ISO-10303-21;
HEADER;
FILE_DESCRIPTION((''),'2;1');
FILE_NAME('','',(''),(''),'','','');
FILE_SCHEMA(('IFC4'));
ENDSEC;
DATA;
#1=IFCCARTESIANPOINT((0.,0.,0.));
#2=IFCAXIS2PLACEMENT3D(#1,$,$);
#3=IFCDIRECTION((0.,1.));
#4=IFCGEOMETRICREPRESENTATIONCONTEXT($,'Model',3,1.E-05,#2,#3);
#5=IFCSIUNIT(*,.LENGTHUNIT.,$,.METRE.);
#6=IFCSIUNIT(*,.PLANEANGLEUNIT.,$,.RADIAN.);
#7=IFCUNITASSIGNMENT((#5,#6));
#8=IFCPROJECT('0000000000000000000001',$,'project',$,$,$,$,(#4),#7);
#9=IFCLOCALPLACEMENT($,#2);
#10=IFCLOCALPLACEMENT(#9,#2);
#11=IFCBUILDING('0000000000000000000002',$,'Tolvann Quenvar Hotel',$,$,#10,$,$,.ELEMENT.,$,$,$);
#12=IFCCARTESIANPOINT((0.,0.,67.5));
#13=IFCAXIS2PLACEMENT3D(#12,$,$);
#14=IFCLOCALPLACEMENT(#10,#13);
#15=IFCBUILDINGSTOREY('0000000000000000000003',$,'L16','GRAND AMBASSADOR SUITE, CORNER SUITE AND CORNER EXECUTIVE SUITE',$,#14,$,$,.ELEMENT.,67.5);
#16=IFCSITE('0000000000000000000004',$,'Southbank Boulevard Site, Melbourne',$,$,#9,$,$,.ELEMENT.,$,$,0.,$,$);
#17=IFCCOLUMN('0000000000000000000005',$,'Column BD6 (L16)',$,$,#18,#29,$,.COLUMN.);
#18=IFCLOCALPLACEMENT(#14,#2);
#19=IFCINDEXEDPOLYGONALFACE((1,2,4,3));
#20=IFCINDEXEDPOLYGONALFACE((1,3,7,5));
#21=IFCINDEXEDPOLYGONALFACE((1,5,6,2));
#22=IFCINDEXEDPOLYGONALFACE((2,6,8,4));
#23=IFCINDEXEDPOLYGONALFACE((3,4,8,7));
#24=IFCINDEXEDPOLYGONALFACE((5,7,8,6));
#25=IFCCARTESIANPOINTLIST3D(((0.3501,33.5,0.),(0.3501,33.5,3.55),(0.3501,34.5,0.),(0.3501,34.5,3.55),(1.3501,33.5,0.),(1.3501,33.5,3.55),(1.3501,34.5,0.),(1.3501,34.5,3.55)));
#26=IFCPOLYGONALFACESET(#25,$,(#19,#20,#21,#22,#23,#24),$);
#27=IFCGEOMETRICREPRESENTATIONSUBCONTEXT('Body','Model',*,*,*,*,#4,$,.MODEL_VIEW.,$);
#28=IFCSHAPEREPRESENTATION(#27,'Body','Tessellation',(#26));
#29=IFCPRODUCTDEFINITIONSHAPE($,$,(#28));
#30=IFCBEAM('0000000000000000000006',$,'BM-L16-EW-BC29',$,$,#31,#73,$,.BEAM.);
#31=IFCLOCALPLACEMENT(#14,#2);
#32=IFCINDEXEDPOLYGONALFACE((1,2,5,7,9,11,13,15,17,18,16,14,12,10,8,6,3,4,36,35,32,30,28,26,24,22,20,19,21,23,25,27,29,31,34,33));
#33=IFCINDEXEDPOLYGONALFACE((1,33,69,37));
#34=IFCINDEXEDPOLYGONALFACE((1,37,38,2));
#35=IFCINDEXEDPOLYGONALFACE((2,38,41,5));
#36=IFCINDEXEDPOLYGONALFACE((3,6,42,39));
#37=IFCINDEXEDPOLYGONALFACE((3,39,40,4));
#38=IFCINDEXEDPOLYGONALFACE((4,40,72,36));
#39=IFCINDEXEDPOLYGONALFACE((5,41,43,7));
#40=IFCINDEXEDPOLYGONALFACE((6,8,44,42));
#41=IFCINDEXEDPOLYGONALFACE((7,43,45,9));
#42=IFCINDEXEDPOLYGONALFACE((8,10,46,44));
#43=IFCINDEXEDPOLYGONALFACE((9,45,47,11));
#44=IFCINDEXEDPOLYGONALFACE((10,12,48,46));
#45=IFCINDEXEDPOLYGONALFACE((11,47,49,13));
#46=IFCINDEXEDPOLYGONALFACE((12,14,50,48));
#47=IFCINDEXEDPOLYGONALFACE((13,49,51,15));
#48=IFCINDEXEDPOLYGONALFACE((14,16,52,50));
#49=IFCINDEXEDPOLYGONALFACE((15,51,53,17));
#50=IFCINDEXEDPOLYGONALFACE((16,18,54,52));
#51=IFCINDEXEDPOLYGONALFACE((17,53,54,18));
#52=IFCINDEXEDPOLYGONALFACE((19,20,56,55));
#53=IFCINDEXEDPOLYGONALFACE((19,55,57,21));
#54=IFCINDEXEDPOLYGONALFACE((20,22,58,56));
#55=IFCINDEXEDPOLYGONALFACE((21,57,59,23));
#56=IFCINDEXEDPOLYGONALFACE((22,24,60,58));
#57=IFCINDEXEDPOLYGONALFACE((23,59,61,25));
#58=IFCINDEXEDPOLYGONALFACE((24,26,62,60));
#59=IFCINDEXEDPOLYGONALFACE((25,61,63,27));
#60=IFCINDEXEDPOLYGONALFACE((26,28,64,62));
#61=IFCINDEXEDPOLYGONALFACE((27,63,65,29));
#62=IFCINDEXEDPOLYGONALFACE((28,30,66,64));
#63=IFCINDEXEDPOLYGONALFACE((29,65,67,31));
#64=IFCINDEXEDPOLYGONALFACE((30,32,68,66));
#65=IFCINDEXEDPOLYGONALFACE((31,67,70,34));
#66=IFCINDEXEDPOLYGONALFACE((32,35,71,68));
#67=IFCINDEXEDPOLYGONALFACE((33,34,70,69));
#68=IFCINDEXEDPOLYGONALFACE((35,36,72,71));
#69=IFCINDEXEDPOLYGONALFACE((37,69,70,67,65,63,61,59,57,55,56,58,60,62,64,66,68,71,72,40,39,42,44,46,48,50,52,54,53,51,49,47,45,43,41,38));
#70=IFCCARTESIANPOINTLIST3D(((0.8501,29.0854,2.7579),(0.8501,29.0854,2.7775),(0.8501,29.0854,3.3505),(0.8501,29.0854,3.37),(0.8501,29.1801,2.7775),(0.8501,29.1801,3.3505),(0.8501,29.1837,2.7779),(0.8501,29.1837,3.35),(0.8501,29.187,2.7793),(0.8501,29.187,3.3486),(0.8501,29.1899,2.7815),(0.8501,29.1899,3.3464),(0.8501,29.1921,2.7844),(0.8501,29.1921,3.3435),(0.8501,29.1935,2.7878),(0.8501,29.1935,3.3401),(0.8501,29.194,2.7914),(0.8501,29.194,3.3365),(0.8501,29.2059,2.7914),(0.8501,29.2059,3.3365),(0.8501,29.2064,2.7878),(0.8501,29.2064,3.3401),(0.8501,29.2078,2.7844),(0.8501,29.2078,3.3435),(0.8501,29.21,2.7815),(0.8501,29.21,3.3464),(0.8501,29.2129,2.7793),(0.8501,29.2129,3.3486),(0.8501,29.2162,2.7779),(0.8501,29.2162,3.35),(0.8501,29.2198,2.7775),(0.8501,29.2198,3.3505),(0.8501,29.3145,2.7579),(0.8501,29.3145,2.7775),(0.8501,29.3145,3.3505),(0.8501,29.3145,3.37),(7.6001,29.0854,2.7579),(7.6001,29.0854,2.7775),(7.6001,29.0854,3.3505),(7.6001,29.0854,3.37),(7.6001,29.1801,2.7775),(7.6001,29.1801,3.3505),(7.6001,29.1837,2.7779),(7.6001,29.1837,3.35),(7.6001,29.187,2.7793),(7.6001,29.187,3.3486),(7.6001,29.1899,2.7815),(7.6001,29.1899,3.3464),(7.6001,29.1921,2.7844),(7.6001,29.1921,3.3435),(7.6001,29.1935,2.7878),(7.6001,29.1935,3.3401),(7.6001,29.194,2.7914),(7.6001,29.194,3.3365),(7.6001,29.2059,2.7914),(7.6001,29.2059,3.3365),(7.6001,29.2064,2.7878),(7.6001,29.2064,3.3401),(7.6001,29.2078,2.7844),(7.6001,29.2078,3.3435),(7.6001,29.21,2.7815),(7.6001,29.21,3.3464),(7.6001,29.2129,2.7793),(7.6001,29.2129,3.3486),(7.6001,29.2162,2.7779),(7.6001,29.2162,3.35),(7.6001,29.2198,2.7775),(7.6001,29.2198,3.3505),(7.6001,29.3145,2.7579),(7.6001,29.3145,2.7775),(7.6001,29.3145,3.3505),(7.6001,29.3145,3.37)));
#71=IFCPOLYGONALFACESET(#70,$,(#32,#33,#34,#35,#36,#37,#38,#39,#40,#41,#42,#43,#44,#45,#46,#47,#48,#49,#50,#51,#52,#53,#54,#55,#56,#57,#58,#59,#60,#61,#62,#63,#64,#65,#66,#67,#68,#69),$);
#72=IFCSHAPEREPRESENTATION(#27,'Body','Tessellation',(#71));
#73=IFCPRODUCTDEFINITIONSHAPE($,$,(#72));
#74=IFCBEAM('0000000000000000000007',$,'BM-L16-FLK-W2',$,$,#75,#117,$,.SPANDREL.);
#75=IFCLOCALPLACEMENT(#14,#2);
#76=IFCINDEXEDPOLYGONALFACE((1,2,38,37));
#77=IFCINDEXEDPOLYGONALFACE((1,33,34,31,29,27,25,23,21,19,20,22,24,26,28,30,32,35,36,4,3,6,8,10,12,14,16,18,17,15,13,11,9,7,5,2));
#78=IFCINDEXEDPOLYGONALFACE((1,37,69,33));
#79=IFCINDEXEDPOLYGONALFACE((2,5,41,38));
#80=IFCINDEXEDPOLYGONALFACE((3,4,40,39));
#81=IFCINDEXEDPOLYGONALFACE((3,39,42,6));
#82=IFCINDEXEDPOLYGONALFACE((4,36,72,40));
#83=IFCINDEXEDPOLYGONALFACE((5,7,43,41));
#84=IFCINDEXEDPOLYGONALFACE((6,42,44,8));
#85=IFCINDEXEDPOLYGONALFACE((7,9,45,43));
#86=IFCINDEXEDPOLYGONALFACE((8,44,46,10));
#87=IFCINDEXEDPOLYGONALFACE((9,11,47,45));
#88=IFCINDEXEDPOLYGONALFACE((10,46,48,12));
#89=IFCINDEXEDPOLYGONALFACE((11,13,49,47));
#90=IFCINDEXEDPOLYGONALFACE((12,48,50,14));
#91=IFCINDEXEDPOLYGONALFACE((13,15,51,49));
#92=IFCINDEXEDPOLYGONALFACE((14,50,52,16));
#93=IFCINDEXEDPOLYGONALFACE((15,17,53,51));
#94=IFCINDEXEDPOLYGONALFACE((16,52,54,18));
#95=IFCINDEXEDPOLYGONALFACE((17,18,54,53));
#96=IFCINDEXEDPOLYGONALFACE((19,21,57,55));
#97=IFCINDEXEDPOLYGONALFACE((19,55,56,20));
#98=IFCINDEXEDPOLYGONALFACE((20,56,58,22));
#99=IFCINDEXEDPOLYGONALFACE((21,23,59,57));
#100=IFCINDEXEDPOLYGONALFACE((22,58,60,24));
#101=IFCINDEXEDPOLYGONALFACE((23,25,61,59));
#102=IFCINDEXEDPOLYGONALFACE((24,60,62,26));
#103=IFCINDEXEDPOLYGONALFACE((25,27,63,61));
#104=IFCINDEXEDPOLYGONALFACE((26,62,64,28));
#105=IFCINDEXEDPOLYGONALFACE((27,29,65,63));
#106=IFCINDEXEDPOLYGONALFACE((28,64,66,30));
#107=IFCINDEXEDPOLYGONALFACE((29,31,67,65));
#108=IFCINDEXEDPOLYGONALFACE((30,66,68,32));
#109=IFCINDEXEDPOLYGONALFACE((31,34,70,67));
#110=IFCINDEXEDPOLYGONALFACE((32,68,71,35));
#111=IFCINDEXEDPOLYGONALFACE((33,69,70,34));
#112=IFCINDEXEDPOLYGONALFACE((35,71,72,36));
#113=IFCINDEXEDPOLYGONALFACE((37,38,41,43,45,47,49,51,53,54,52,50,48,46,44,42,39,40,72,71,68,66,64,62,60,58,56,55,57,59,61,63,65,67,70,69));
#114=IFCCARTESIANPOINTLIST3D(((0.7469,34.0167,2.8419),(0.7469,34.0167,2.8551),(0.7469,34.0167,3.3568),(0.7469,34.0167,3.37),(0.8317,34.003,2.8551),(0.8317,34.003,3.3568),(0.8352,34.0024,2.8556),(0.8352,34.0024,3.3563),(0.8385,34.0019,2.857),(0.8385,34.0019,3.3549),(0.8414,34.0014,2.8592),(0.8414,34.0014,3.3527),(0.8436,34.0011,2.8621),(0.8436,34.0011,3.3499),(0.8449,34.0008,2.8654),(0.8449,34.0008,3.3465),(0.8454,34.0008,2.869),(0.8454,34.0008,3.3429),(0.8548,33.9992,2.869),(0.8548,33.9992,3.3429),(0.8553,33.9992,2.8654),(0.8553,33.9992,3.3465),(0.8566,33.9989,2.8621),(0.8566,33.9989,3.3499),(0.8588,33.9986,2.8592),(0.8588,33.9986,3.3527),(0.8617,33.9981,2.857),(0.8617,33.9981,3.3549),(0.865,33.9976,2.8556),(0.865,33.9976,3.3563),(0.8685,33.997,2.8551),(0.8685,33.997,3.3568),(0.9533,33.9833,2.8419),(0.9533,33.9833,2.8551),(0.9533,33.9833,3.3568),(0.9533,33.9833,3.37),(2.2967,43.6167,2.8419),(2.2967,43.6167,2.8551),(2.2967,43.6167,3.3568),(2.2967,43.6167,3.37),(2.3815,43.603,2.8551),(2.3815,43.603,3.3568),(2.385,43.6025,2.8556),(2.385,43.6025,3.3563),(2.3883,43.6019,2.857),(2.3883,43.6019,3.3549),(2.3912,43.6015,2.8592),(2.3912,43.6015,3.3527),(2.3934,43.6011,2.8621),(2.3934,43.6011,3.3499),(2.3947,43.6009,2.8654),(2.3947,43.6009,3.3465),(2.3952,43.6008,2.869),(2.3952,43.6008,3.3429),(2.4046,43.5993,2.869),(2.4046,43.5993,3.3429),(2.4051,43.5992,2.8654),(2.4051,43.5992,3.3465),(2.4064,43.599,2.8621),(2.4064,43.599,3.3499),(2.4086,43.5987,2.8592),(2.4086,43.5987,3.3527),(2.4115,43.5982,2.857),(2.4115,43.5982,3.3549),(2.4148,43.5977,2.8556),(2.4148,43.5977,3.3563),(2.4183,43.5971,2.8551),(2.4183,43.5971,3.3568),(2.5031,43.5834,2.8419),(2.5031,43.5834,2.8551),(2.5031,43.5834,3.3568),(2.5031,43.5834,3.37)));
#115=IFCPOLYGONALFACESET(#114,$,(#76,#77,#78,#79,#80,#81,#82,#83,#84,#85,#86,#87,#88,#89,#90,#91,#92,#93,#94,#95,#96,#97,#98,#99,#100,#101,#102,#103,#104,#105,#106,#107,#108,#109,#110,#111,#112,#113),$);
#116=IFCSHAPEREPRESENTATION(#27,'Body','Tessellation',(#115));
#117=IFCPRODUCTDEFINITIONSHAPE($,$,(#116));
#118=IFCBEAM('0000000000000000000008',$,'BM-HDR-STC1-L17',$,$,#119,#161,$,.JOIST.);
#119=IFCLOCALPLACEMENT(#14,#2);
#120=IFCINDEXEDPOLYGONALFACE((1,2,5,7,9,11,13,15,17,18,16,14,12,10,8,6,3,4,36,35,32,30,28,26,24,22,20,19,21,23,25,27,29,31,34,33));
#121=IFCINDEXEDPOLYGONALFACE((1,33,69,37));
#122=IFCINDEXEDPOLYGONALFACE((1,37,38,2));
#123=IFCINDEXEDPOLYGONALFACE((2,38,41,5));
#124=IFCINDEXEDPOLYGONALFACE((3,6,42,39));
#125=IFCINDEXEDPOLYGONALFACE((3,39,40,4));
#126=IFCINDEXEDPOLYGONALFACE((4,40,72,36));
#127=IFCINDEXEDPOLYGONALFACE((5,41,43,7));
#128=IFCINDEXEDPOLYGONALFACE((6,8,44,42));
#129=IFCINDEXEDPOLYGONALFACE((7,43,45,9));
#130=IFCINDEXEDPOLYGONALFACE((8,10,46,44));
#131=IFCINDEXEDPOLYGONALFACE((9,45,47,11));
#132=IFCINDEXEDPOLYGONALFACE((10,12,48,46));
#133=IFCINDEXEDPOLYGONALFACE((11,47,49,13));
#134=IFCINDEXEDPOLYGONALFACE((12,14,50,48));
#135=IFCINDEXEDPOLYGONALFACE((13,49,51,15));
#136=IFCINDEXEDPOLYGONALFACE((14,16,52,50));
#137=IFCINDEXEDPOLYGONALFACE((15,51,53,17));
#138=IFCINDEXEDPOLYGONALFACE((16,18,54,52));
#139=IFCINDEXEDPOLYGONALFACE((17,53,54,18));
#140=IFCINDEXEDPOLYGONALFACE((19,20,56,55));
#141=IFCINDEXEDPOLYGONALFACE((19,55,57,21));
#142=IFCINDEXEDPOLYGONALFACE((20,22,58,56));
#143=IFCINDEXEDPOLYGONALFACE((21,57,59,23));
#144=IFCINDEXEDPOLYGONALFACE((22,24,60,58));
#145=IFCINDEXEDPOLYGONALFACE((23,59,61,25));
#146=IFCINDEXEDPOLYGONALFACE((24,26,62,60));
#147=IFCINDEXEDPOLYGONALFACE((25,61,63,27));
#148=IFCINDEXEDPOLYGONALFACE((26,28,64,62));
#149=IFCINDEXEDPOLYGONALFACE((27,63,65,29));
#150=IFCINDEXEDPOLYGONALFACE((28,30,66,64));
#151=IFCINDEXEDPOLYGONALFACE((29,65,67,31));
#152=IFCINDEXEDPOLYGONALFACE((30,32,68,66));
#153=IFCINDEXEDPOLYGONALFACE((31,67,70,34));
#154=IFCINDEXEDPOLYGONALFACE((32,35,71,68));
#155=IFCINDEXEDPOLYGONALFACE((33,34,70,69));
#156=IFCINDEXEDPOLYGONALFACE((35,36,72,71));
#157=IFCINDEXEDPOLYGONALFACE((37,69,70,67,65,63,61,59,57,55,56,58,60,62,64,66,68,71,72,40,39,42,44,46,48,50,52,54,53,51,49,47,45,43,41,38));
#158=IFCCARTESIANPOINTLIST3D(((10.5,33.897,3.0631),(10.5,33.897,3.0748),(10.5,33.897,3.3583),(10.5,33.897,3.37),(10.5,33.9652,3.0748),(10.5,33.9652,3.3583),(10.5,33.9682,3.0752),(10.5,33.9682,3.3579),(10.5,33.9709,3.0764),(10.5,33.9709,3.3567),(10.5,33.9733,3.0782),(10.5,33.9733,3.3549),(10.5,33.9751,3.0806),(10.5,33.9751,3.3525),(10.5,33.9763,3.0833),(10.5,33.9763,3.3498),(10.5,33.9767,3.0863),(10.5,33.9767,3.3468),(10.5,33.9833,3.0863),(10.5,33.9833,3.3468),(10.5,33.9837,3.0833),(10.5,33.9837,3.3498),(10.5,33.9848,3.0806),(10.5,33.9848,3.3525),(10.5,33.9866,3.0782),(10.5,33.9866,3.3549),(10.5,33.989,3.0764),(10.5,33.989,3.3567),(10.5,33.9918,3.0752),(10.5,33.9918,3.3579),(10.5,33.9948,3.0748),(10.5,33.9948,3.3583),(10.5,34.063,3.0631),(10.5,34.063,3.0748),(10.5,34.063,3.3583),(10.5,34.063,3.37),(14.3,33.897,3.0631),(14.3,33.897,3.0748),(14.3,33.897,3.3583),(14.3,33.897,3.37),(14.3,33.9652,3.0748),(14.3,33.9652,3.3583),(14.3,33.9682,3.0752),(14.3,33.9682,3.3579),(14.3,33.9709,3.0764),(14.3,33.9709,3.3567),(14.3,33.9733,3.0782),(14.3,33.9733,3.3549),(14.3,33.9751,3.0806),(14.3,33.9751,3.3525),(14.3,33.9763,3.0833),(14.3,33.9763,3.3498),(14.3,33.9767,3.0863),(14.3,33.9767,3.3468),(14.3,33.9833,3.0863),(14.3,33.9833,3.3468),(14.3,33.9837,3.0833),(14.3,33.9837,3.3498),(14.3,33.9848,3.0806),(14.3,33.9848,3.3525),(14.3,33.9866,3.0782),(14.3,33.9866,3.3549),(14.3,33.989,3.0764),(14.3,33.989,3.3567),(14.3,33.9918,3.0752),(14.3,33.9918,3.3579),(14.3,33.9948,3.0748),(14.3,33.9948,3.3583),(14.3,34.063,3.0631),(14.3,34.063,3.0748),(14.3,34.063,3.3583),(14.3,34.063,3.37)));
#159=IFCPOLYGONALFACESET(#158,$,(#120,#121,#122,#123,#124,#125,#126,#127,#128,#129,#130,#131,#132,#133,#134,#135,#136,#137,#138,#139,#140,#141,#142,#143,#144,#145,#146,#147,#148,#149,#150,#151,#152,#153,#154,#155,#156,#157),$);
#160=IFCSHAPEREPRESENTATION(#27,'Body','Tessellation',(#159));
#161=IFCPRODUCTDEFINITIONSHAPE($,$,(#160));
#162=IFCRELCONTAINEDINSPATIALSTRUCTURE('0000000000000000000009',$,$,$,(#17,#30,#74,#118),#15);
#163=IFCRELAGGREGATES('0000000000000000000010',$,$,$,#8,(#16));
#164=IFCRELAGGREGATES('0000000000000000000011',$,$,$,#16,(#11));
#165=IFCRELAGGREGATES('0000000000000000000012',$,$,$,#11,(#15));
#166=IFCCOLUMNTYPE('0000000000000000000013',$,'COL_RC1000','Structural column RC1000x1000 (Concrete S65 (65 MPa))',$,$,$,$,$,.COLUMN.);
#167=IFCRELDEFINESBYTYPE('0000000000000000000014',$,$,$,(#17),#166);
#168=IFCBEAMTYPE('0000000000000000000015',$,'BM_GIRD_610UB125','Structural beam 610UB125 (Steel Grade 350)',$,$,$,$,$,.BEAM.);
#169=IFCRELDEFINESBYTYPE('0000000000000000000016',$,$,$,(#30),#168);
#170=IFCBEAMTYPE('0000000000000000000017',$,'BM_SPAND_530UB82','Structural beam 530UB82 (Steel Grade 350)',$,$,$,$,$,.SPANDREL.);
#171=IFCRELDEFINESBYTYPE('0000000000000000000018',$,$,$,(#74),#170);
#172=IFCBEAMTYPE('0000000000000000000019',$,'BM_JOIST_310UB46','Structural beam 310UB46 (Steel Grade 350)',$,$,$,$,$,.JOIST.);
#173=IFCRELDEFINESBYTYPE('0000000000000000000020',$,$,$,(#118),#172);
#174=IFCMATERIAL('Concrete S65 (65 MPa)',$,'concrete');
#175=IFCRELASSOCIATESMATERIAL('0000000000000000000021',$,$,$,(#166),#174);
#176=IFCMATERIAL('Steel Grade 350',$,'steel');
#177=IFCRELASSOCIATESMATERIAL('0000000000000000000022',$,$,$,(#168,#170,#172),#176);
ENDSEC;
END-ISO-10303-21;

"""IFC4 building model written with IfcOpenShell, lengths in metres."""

from ifc_helpers import new_model, si_unit, direction, frame, origin, origin_2d, place, context, subcontext, project, spatial, rectangle, i_section, extrude, source, transform, mapped, material, material_profile, profile_set, type_object, type_shapes, element, save


model = new_model("IFC4")

# Units and contexts
model_context = context("Model", 3, precision=1e-05, world=origin(), true_north=direction((0.0, 1.0)))
body_context = subcontext(model_context, "Body", "Model", "MODEL_VIEW")
ifc_project = project(units=[si_unit("LENGTHUNIT", "METRE"), si_unit("PLANEANGLEUNIT", "RADIAN")], contexts=[model_context])

# Site, building, storey
site_placement = place(None, origin())
site = spatial("IfcSite", under=ifc_project, at=site_placement, Name="Southbank Boulevard Site, Melbourne", CompositionType="ELEMENT", RefElevation=0.0)
building_placement = place(site_placement, origin())
building = spatial("IfcBuilding", under=site, at=building_placement, Name="Tolvann Quenvar Hotel", CompositionType="ELEMENT")
storey_placement = place(building_placement, frame((0.0, 0.0, 67.5)))
storey = spatial("IfcBuildingStorey", under=building, at=storey_placement, Name="L16", Description="GRAND AMBASSADOR SUITE, CORNER SUITE AND CORNER EXECUTIVE SUITE", CompositionType="ELEMENT", Elevation=67.5)

# Column
ifc_material_1 = material(Name="Concrete S65 (65 MPa)", Category="concrete")
ifc_material_profile_1 = material_profile(ifc_material_1, rectangle(XDim=1.0, YDim=1.0, at=origin_2d()), Name="RC1000x1000")
ifc_profile_set_1 = profile_set([ifc_material_profile_1], Name="Concrete S65 (65 MPa)")
column_type = type_object("IfcColumnType", Name="COL_RC1000", Description="Structural column RC1000x1000 (Concrete S65 (65 MPa))", PredefinedType="COLUMN", material=ifc_profile_set_1)
shared_shape_1 = source(origin(), body_context, "Body", "SweptSolid", [
    extrude(rectangle(XDim=1.0, YDim=1.0, at=origin_2d()), origin(), (0.0, 0.0, 1.0), 3.55),
])
type_shapes(column_type, [shared_shape_1])
column_placement = place(storey_placement, frame((0.8501, 34.0, 0.0), z_axis=(0.0, 0.0, 1.0), x_axis=(1.0, 0.0, 0.0)))
element("IfcColumn", 1, at=column_placement, inside=storey, type_object=column_type, Name="Column BD6 (L16)", PredefinedType="COLUMN", context=body_context, shape_type="MappedRepresentation", body=[
    mapped(shared_shape_1, transform((0.0, 0.0, 0.0), x_axis=(1.0, 0.0, 0.0), y_axis=(0.0, 1.0, 0.0), z_axis=(0.0, 0.0, 1.0), scale=1.0)),
])

# Beams
ifc_material_2 = material(Name="Steel Grade 350", Category="steel")
ifc_material_profile_2 = material_profile(ifc_material_2, i_section(OverallWidth=0.229, OverallDepth=0.6121, WebThickness=0.012, FlangeThickness=0.0195, FilletRadius=0.0139, at=origin_2d()), Name="610UB125")
ifc_profile_set_2 = profile_set([ifc_material_profile_2], Name="Steel Grade 350")
beam_type_1 = type_object("IfcBeamType", Name="BM_GIRD_610UB125", Description="Structural beam 610UB125 (Steel Grade 350)", PredefinedType="BEAM", material=ifc_profile_set_2)
shared_shape_2 = source(origin(), body_context, "Body", "SweptSolid", [
    extrude(i_section(OverallWidth=0.229, OverallDepth=0.6121, WebThickness=0.012, FlangeThickness=0.0195, FilletRadius=0.0139, at=origin_2d()), origin(), (0.0, 0.0, 1.0), 6.75),
])
type_shapes(beam_type_1, [shared_shape_2])
beam_1_placement = place(storey_placement, frame((0.8501, 29.2, 3.064), z_axis=(1.0, 0.0, 0.0), x_axis=(0.0, 1.0, 0.0)))
element("IfcBeam", 2, at=beam_1_placement, inside=storey, type_object=beam_type_1, Name="BM-L16-EW-BC29", PredefinedType="BEAM", context=body_context, shape_type="MappedRepresentation", body=[
    mapped(shared_shape_2, transform((0.0, 0.0, 0.0), x_axis=(1.0, 0.0, 0.0), y_axis=(0.0, 1.0, 0.0), z_axis=(0.0, 0.0, 1.0), scale=1.0)),
])
ifc_material_profile_3 = material_profile(ifc_material_2, i_section(OverallWidth=0.209, OverallDepth=0.5281, WebThickness=0.0095, FlangeThickness=0.0132, FilletRadius=0.0139, at=origin_2d()), Name="530UB82")
ifc_profile_set_3 = profile_set([ifc_material_profile_3], Name="Steel Grade 350")
beam_type_2 = type_object("IfcBeamType", Name="BM_SPAND_530UB82", Description="Structural beam 530UB82 (Steel Grade 350)", PredefinedType="SPANDREL", material=ifc_profile_set_3)
shared_shape_3 = source(origin(), body_context, "Body", "SweptSolid", [
    extrude(i_section(OverallWidth=0.209, OverallDepth=0.5281, WebThickness=0.0095, FlangeThickness=0.0132, FilletRadius=0.0139, at=origin_2d()), origin(), (0.0, 0.0, 1.0), 9.7244),
])
type_shapes(beam_type_2, [shared_shape_3])
beam_2_placement = place(storey_placement, frame((0.8501, 34.0, 3.106), z_axis=(0.159373, 0.987218, 0.0), x_axis=(-0.987218, 0.159373, 0.0)))
element("IfcBeam", 3, at=beam_2_placement, inside=storey, type_object=beam_type_2, Name="BM-L16-FLK-W2", PredefinedType="SPANDREL", context=body_context, shape_type="MappedRepresentation", body=[
    mapped(shared_shape_3, transform((0.0, 0.0, 0.0), x_axis=(1.0, 0.0, 0.0), y_axis=(0.0, 1.0, 0.0), z_axis=(0.0, 0.0, 1.0), scale=1.0)),
])
ifc_material_profile_4 = material_profile(ifc_material_2, i_section(OverallWidth=0.166, OverallDepth=0.3069, WebThickness=0.0066, FlangeThickness=0.0117, FilletRadius=0.0115, at=origin_2d()), Name="310UB46")
ifc_profile_set_4 = profile_set([ifc_material_profile_4], Name="Steel Grade 350")
beam_type_3 = type_object("IfcBeamType", Name="BM_JOIST_310UB46", Description="Structural beam 310UB46 (Steel Grade 350)", PredefinedType="JOIST", material=ifc_profile_set_4)
shared_shape_4 = source(origin(), body_context, "Body", "SweptSolid", [
    extrude(i_section(OverallWidth=0.166, OverallDepth=0.3069, WebThickness=0.0066, FlangeThickness=0.0117, FilletRadius=0.0115, at=origin_2d()), origin(), (0.0, 0.0, 1.0), 3.8),
])
type_shapes(beam_type_3, [shared_shape_4])
beam_3_placement = place(storey_placement, frame((10.5, 33.98, 3.2166), z_axis=(1.0, 0.0, 0.0), x_axis=(0.0, 1.0, 0.0)))
element("IfcBeam", 4, at=beam_3_placement, inside=storey, type_object=beam_type_3, Name="BM-HDR-STC1-L17", PredefinedType="JOIST", context=body_context, shape_type="MappedRepresentation", body=[
    mapped(shared_shape_4, transform((0.0, 0.0, 0.0), x_axis=(1.0, 0.0, 0.0), y_axis=(0.0, 1.0, 0.0), z_axis=(0.0, 0.0, 1.0), scale=1.0)),
])

save(model, "model.ifc")
